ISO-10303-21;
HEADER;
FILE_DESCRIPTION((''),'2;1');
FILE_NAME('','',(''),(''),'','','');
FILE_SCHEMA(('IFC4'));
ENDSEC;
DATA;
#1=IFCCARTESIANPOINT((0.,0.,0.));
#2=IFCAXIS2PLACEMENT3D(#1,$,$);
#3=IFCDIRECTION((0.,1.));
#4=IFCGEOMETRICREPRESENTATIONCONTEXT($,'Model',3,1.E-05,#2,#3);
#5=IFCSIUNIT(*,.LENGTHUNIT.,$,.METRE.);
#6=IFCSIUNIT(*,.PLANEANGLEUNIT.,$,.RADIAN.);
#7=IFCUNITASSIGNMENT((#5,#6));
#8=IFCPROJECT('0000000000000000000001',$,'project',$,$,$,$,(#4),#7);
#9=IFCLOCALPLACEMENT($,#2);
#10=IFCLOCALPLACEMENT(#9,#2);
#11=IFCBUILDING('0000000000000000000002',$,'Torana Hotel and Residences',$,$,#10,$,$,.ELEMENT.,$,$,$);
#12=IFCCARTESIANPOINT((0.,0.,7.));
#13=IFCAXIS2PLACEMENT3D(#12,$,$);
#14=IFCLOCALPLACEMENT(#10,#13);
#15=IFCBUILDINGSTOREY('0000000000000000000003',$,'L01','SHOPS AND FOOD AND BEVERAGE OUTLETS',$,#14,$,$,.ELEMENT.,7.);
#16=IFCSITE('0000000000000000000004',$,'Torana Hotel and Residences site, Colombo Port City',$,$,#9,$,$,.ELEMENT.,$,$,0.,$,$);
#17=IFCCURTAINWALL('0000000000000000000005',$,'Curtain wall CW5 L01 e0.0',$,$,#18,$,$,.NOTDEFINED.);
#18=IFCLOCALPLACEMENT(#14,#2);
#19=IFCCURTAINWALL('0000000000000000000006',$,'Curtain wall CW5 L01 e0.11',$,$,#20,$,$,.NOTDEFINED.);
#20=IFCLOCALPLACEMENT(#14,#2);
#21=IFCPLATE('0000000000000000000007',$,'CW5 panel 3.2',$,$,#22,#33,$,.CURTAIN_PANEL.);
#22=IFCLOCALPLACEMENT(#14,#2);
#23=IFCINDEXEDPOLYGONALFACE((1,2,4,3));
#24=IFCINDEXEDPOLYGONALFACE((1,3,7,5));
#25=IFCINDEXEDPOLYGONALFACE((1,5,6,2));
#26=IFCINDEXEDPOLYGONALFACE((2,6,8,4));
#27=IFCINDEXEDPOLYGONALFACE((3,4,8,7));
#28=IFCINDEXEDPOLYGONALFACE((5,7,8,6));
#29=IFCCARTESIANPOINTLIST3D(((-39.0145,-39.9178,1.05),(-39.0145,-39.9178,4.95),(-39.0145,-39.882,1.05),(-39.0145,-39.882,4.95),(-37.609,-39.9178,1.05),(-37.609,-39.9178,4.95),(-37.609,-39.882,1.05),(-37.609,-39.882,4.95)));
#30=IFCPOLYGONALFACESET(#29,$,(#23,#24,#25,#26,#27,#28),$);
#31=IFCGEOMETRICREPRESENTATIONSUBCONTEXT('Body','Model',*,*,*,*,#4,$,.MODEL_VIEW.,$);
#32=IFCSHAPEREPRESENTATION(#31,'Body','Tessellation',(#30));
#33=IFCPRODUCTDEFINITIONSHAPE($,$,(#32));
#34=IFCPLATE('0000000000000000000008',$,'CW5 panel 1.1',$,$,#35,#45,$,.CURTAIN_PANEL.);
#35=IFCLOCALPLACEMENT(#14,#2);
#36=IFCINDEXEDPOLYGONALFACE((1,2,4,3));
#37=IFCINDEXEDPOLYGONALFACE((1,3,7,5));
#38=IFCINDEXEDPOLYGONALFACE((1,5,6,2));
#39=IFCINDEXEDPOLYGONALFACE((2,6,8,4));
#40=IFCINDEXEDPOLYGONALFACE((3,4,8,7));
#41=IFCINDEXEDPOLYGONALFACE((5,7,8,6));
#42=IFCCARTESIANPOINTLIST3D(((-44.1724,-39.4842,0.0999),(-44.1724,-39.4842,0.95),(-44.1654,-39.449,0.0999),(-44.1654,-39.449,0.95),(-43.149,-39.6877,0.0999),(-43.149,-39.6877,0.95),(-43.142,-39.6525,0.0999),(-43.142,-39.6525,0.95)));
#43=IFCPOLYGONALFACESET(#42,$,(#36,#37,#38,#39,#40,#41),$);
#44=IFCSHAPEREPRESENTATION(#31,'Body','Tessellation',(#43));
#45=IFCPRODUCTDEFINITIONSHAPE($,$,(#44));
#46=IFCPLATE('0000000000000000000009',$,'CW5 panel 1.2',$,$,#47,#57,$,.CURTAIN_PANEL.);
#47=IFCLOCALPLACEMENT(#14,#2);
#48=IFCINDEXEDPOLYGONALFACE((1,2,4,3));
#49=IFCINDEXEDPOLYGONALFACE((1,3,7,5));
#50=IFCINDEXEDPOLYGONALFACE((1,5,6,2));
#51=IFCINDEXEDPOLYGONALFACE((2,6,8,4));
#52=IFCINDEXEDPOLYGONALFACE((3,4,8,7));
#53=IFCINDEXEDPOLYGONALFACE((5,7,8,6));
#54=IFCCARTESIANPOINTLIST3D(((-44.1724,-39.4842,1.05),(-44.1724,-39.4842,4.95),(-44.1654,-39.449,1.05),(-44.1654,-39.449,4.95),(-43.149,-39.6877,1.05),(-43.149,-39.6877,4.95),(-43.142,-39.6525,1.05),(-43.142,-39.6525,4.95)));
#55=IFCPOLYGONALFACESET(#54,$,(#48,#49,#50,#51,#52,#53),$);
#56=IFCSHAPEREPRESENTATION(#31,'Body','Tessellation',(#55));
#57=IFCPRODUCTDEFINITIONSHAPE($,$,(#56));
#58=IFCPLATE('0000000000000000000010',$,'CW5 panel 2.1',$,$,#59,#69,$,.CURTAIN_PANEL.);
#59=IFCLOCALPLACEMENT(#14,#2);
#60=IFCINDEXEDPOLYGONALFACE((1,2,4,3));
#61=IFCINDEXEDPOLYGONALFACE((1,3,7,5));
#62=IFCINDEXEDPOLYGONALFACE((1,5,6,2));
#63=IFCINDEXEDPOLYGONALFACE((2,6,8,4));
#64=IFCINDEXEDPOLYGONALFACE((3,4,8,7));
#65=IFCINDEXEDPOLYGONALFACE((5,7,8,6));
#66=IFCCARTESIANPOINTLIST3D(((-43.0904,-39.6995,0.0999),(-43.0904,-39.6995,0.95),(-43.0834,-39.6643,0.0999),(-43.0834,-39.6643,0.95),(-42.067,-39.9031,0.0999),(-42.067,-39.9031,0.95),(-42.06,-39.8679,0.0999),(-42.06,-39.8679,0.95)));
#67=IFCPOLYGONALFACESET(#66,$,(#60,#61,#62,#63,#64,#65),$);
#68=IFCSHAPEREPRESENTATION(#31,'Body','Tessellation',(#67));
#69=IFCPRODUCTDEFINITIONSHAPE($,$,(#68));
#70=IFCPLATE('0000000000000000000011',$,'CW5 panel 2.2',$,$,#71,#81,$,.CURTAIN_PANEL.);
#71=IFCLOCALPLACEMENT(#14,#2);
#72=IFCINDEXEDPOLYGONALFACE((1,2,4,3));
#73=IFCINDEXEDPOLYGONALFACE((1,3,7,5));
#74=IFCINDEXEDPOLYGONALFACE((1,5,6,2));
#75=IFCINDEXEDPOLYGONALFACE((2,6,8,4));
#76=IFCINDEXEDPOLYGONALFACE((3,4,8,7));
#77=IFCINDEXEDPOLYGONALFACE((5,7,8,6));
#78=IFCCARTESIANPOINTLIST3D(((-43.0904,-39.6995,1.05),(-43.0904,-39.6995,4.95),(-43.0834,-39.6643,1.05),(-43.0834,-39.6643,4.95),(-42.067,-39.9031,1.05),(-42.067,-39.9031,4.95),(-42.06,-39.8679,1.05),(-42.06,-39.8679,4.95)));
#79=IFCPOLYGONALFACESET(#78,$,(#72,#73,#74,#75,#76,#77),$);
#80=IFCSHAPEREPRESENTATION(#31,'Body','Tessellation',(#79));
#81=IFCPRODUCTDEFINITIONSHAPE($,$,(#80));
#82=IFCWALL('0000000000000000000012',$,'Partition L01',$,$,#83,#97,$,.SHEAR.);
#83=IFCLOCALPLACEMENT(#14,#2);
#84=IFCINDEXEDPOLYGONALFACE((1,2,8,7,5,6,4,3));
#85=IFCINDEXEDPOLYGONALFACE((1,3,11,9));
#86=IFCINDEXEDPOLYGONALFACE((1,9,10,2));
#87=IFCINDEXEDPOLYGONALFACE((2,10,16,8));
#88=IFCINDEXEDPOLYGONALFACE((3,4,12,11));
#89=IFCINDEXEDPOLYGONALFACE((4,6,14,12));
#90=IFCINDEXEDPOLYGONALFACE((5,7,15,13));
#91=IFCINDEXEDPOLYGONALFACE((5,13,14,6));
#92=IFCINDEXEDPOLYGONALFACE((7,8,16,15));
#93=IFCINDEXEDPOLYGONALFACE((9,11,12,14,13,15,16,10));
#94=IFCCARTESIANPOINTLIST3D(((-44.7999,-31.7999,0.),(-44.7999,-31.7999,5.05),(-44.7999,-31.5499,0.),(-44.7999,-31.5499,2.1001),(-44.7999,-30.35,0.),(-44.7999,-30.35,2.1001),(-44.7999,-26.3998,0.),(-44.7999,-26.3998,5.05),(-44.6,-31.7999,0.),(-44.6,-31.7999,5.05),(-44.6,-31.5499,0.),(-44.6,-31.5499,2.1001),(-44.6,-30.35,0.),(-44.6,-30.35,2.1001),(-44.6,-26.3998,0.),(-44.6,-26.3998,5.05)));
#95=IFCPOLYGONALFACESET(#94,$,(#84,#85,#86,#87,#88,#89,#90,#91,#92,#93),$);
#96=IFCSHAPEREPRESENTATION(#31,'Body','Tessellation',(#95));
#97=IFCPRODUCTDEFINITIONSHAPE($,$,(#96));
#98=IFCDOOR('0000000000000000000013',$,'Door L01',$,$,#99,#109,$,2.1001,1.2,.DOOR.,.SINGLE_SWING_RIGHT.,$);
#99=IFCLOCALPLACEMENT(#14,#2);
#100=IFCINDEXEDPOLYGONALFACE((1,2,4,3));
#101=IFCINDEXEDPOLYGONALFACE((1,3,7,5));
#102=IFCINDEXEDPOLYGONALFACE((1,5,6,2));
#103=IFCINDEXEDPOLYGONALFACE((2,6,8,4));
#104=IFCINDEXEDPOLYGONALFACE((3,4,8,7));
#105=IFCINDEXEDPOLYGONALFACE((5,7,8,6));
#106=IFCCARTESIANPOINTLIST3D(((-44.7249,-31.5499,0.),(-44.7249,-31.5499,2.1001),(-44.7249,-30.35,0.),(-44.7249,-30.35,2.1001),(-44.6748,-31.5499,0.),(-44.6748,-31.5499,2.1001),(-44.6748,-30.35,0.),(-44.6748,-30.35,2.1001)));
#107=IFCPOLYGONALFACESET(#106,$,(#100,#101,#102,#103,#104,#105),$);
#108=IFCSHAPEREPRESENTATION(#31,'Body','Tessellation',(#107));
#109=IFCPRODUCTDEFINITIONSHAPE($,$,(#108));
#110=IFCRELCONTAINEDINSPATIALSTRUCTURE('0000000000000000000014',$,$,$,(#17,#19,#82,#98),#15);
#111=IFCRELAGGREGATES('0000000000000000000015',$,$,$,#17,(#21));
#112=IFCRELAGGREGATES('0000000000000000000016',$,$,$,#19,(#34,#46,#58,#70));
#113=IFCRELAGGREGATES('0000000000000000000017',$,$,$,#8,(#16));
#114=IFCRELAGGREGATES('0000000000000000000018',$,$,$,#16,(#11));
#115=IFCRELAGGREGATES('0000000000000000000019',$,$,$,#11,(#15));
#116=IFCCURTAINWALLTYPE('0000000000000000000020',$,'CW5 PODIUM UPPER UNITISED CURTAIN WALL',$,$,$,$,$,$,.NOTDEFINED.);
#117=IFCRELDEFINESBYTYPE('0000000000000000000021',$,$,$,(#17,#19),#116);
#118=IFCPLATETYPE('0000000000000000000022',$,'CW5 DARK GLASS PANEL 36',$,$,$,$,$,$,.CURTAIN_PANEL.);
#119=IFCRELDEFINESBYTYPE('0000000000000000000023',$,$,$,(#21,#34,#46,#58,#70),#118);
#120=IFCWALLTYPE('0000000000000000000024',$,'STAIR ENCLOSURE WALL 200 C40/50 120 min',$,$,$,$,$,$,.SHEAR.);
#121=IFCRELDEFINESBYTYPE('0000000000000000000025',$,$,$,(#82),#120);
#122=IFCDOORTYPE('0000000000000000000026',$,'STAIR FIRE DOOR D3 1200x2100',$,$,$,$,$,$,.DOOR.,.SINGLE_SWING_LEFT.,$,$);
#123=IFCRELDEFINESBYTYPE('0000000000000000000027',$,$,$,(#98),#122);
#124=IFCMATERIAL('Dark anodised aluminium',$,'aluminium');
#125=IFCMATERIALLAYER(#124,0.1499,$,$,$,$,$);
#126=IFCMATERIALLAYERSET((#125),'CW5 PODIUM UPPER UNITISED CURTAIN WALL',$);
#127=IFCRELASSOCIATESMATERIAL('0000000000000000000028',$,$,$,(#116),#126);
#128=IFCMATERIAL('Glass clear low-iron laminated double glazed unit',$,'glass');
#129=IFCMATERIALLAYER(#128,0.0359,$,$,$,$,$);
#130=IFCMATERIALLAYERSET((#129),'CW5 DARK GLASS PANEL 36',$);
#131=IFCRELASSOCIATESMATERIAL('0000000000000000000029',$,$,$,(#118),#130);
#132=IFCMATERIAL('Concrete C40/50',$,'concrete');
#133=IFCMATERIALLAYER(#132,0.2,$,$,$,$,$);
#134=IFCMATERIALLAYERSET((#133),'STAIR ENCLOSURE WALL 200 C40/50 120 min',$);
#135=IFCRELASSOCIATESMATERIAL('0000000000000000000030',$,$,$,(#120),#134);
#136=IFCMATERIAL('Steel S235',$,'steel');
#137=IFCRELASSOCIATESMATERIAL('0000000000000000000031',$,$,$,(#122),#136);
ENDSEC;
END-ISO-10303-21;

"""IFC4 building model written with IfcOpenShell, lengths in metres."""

from ifc_helpers import new_model, si_unit, direction, frame, frame_2d, origin, origin_2d, place, context, subcontext, project, spatial, rectangle, extrude, material, layer, layer_set, type_object, element, fill, aggregate, save


model = new_model("IFC4")

# Units and contexts
model_context = context("Model", 3, precision=1e-05, world=origin(), true_north=direction((0.0, 1.0)))
body_context = subcontext(model_context, "Body", "Model", "MODEL_VIEW")
ifc_project = project(units=[si_unit("LENGTHUNIT", "METRE"), si_unit("PLANEANGLEUNIT", "RADIAN")], contexts=[model_context])

# Site, building, storey
site_placement = place(None, origin())
site = spatial("IfcSite", under=ifc_project, at=site_placement, Name="Torana Hotel and Residences site, Colombo Port City", CompositionType="ELEMENT", RefElevation=0.0)
building_placement = place(site_placement, origin())
building = spatial("IfcBuilding", under=site, at=building_placement, Name="Torana Hotel and Residences", CompositionType="ELEMENT")
storey_placement = place(building_placement, frame((0.0, 0.0, 7.0)))
storey = spatial("IfcBuildingStorey", under=building, at=storey_placement, Name="L01", Description="SHOPS AND FOOD AND BEVERAGE OUTLETS", CompositionType="ELEMENT", Elevation=7.0)

# Curtain wall
ifc_material_1 = material(Name="Dark anodised aluminium", Category="aluminium")
ifc_layer_1 = layer(ifc_material_1, 0.1499)
ifc_layer_set_1 = layer_set([ifc_layer_1], Name="CW5 PODIUM UPPER UNITISED CURTAIN WALL")
curtain_wall_type = type_object("IfcCurtainWallType", Name="CW5 PODIUM UPPER UNITISED CURTAIN WALL", PredefinedType="NOTDEFINED", material=ifc_layer_set_1)
curtain_wall_1_placement = place(storey_placement, origin())
curtain_wall_1 = element("IfcCurtainWall", 1, at=curtain_wall_1_placement, inside=storey, type_object=curtain_wall_type, Name="Curtain wall CW5 L01 e0.0", PredefinedType="NOTDEFINED")

# Curtain wall
curtain_wall_2_placement = place(storey_placement, origin())
curtain_wall_2 = element("IfcCurtainWall", 2, at=curtain_wall_2_placement, inside=storey, type_object=curtain_wall_type, Name="Curtain wall CW5 L01 e0.11", PredefinedType="NOTDEFINED")

# Plates
ifc_material_2 = material(Name="Glass clear low-iron laminated double glazed unit", Category="glass")
ifc_layer_2 = layer(ifc_material_2, 0.0359)
ifc_layer_set_2 = layer_set([ifc_layer_2], Name="CW5 DARK GLASS PANEL 36")
plate_type = type_object("IfcPlateType", Name="CW5 DARK GLASS PANEL 36", PredefinedType="CURTAIN_PANEL", material=ifc_layer_set_2)
plate_1_placement = place(storey_placement, frame((-38.3118, -39.8999, 1.05), z_axis=(0.0, 0.0, 1.0), x_axis=(1.0, 0.0, 0.0)))
plate_1 = element("IfcPlate", 3, at=plate_1_placement, type_object=plate_type, Name="CW5 panel 3.2", PredefinedType="CURTAIN_PANEL", context=body_context, shape_type="SweptSolid", body=[
    extrude(rectangle(XDim=1.4055, YDim=0.0359, at=origin_2d()), origin(), (0.0, 0.0, 1.0), 3.8999),
])
aggregate(curtain_wall_1, [plate_1])
plate_2_placement = place(storey_placement, frame((-43.6572, -39.5684, 0.0999), z_axis=(0.0, 0.0, 1.0), x_axis=(0.980787, -0.195081, 0.0)))
plate_2 = element("IfcPlate", 4, at=plate_2_placement, type_object=plate_type, Name="CW5 panel 1.1", PredefinedType="CURTAIN_PANEL", context=body_context, shape_type="SweptSolid", body=[
    extrude(rectangle(XDim=1.0435, YDim=0.0359, at=origin_2d()), origin(), (0.0, 0.0, 1.0), 0.8501),
])
plate_3_placement = place(storey_placement, frame((-43.6572, -39.5684, 1.05), z_axis=(0.0, 0.0, 1.0), x_axis=(0.980787, -0.195081, 0.0)))
plate_3 = element("IfcPlate", 5, at=plate_3_placement, type_object=plate_type, Name="CW5 panel 1.2", PredefinedType="CURTAIN_PANEL", context=body_context, shape_type="SweptSolid", body=[
    extrude(rectangle(XDim=1.0435, YDim=0.0359, at=origin_2d()), origin(), (0.0, 0.0, 1.0), 3.8999),
])
plate_4_placement = place(storey_placement, frame((-42.5752, -39.7837, 0.0999), z_axis=(0.0, 0.0, 1.0), x_axis=(0.980787, -0.195081, 0.0)))
plate_4 = element("IfcPlate", 6, at=plate_4_placement, type_object=plate_type, Name="CW5 panel 2.1", PredefinedType="CURTAIN_PANEL", context=body_context, shape_type="SweptSolid", body=[
    extrude(rectangle(XDim=1.0435, YDim=0.0359, at=origin_2d()), origin(), (0.0, 0.0, 1.0), 0.8501),
])
plate_5_placement = place(storey_placement, frame((-42.5752, -39.7837, 1.05), z_axis=(0.0, 0.0, 1.0), x_axis=(0.980787, -0.195081, 0.0)))
plate_5 = element("IfcPlate", 7, at=plate_5_placement, type_object=plate_type, Name="CW5 panel 2.2", PredefinedType="CURTAIN_PANEL", context=body_context, shape_type="SweptSolid", body=[
    extrude(rectangle(XDim=1.0435, YDim=0.0359, at=origin_2d()), origin(), (0.0, 0.0, 1.0), 3.8999),
])
aggregate(curtain_wall_2, [plate_2, plate_3, plate_4, plate_5])

# Wall, opening, door
ifc_material_3 = material(Name="Concrete C40/50", Category="concrete")
ifc_layer_3 = layer(ifc_material_3, 0.2)
ifc_layer_set_3 = layer_set([ifc_layer_3], Name="STAIR ENCLOSURE WALL 200 C40/50 120 min")
wall_type = type_object("IfcWallType", Name="STAIR ENCLOSURE WALL 200 C40/50 120 min", PredefinedType="SHEAR", material=ifc_layer_set_3)
wall_placement = place(storey_placement, frame((-44.7, -31.8, 0.0), z_axis=(0.0, 0.0, 1.0), x_axis=(0.0, 1.0, 0.0)))
wall = element("IfcWall", 8, at=wall_placement, inside=storey, type_object=wall_type, Name="Partition L01", PredefinedType="SHEAR", context=body_context, shape_type="SweptSolid", body=[
    extrude(rectangle(XDim=5.4001, YDim=0.2, at=frame_2d((2.7002, 0.0))), origin(), (0.0, 0.0, 1.0), 5.05),
])
opening_placement = place(wall_placement, frame((0.25, 0.0, 0.0)))
opening = element("IfcOpeningElement", 9, at=opening_placement, cuts=wall, PredefinedType="OPENING", context=body_context, shape_type="SweptSolid", body=[
    extrude(rectangle(XDim=1.2, YDim=2.1001, at=frame_2d((0.6001, 1.05))), frame((0.0, 0.1099, 0.0), z_axis=(0.0, -1.0, 0.0), x_axis=(1.0, 0.0, 0.0)), (0.0, 0.0, 1.0), 0.22),
])
ifc_material_4 = material(Name="Steel S235", Category="steel")
door_type = type_object("IfcDoorType", Name="STAIR FIRE DOOR D3 1200x2100", OperationType="SINGLE_SWING_LEFT", PredefinedType="DOOR", material=ifc_material_4)
door_placement = place(opening_placement, origin())
door = element("IfcDoor", 10, at=door_placement, inside=storey, type_object=door_type, Name="Door L01", OperationType="SINGLE_SWING_RIGHT", OverallHeight=2.1001, OverallWidth=1.2, PredefinedType="DOOR", context=body_context, shape_type="SweptSolid", body=[
    extrude(rectangle(XDim=1.2, YDim=2.1001, at=frame_2d((0.6001, 1.05))), frame((0.0, 0.0249, 0.0), z_axis=(0.0, -1.0, 0.0), x_axis=(1.0, 0.0, 0.0)), (0.0, 0.0, 1.0), 0.05),
])
fill(opening, door)

save(model, "model.ifc")
